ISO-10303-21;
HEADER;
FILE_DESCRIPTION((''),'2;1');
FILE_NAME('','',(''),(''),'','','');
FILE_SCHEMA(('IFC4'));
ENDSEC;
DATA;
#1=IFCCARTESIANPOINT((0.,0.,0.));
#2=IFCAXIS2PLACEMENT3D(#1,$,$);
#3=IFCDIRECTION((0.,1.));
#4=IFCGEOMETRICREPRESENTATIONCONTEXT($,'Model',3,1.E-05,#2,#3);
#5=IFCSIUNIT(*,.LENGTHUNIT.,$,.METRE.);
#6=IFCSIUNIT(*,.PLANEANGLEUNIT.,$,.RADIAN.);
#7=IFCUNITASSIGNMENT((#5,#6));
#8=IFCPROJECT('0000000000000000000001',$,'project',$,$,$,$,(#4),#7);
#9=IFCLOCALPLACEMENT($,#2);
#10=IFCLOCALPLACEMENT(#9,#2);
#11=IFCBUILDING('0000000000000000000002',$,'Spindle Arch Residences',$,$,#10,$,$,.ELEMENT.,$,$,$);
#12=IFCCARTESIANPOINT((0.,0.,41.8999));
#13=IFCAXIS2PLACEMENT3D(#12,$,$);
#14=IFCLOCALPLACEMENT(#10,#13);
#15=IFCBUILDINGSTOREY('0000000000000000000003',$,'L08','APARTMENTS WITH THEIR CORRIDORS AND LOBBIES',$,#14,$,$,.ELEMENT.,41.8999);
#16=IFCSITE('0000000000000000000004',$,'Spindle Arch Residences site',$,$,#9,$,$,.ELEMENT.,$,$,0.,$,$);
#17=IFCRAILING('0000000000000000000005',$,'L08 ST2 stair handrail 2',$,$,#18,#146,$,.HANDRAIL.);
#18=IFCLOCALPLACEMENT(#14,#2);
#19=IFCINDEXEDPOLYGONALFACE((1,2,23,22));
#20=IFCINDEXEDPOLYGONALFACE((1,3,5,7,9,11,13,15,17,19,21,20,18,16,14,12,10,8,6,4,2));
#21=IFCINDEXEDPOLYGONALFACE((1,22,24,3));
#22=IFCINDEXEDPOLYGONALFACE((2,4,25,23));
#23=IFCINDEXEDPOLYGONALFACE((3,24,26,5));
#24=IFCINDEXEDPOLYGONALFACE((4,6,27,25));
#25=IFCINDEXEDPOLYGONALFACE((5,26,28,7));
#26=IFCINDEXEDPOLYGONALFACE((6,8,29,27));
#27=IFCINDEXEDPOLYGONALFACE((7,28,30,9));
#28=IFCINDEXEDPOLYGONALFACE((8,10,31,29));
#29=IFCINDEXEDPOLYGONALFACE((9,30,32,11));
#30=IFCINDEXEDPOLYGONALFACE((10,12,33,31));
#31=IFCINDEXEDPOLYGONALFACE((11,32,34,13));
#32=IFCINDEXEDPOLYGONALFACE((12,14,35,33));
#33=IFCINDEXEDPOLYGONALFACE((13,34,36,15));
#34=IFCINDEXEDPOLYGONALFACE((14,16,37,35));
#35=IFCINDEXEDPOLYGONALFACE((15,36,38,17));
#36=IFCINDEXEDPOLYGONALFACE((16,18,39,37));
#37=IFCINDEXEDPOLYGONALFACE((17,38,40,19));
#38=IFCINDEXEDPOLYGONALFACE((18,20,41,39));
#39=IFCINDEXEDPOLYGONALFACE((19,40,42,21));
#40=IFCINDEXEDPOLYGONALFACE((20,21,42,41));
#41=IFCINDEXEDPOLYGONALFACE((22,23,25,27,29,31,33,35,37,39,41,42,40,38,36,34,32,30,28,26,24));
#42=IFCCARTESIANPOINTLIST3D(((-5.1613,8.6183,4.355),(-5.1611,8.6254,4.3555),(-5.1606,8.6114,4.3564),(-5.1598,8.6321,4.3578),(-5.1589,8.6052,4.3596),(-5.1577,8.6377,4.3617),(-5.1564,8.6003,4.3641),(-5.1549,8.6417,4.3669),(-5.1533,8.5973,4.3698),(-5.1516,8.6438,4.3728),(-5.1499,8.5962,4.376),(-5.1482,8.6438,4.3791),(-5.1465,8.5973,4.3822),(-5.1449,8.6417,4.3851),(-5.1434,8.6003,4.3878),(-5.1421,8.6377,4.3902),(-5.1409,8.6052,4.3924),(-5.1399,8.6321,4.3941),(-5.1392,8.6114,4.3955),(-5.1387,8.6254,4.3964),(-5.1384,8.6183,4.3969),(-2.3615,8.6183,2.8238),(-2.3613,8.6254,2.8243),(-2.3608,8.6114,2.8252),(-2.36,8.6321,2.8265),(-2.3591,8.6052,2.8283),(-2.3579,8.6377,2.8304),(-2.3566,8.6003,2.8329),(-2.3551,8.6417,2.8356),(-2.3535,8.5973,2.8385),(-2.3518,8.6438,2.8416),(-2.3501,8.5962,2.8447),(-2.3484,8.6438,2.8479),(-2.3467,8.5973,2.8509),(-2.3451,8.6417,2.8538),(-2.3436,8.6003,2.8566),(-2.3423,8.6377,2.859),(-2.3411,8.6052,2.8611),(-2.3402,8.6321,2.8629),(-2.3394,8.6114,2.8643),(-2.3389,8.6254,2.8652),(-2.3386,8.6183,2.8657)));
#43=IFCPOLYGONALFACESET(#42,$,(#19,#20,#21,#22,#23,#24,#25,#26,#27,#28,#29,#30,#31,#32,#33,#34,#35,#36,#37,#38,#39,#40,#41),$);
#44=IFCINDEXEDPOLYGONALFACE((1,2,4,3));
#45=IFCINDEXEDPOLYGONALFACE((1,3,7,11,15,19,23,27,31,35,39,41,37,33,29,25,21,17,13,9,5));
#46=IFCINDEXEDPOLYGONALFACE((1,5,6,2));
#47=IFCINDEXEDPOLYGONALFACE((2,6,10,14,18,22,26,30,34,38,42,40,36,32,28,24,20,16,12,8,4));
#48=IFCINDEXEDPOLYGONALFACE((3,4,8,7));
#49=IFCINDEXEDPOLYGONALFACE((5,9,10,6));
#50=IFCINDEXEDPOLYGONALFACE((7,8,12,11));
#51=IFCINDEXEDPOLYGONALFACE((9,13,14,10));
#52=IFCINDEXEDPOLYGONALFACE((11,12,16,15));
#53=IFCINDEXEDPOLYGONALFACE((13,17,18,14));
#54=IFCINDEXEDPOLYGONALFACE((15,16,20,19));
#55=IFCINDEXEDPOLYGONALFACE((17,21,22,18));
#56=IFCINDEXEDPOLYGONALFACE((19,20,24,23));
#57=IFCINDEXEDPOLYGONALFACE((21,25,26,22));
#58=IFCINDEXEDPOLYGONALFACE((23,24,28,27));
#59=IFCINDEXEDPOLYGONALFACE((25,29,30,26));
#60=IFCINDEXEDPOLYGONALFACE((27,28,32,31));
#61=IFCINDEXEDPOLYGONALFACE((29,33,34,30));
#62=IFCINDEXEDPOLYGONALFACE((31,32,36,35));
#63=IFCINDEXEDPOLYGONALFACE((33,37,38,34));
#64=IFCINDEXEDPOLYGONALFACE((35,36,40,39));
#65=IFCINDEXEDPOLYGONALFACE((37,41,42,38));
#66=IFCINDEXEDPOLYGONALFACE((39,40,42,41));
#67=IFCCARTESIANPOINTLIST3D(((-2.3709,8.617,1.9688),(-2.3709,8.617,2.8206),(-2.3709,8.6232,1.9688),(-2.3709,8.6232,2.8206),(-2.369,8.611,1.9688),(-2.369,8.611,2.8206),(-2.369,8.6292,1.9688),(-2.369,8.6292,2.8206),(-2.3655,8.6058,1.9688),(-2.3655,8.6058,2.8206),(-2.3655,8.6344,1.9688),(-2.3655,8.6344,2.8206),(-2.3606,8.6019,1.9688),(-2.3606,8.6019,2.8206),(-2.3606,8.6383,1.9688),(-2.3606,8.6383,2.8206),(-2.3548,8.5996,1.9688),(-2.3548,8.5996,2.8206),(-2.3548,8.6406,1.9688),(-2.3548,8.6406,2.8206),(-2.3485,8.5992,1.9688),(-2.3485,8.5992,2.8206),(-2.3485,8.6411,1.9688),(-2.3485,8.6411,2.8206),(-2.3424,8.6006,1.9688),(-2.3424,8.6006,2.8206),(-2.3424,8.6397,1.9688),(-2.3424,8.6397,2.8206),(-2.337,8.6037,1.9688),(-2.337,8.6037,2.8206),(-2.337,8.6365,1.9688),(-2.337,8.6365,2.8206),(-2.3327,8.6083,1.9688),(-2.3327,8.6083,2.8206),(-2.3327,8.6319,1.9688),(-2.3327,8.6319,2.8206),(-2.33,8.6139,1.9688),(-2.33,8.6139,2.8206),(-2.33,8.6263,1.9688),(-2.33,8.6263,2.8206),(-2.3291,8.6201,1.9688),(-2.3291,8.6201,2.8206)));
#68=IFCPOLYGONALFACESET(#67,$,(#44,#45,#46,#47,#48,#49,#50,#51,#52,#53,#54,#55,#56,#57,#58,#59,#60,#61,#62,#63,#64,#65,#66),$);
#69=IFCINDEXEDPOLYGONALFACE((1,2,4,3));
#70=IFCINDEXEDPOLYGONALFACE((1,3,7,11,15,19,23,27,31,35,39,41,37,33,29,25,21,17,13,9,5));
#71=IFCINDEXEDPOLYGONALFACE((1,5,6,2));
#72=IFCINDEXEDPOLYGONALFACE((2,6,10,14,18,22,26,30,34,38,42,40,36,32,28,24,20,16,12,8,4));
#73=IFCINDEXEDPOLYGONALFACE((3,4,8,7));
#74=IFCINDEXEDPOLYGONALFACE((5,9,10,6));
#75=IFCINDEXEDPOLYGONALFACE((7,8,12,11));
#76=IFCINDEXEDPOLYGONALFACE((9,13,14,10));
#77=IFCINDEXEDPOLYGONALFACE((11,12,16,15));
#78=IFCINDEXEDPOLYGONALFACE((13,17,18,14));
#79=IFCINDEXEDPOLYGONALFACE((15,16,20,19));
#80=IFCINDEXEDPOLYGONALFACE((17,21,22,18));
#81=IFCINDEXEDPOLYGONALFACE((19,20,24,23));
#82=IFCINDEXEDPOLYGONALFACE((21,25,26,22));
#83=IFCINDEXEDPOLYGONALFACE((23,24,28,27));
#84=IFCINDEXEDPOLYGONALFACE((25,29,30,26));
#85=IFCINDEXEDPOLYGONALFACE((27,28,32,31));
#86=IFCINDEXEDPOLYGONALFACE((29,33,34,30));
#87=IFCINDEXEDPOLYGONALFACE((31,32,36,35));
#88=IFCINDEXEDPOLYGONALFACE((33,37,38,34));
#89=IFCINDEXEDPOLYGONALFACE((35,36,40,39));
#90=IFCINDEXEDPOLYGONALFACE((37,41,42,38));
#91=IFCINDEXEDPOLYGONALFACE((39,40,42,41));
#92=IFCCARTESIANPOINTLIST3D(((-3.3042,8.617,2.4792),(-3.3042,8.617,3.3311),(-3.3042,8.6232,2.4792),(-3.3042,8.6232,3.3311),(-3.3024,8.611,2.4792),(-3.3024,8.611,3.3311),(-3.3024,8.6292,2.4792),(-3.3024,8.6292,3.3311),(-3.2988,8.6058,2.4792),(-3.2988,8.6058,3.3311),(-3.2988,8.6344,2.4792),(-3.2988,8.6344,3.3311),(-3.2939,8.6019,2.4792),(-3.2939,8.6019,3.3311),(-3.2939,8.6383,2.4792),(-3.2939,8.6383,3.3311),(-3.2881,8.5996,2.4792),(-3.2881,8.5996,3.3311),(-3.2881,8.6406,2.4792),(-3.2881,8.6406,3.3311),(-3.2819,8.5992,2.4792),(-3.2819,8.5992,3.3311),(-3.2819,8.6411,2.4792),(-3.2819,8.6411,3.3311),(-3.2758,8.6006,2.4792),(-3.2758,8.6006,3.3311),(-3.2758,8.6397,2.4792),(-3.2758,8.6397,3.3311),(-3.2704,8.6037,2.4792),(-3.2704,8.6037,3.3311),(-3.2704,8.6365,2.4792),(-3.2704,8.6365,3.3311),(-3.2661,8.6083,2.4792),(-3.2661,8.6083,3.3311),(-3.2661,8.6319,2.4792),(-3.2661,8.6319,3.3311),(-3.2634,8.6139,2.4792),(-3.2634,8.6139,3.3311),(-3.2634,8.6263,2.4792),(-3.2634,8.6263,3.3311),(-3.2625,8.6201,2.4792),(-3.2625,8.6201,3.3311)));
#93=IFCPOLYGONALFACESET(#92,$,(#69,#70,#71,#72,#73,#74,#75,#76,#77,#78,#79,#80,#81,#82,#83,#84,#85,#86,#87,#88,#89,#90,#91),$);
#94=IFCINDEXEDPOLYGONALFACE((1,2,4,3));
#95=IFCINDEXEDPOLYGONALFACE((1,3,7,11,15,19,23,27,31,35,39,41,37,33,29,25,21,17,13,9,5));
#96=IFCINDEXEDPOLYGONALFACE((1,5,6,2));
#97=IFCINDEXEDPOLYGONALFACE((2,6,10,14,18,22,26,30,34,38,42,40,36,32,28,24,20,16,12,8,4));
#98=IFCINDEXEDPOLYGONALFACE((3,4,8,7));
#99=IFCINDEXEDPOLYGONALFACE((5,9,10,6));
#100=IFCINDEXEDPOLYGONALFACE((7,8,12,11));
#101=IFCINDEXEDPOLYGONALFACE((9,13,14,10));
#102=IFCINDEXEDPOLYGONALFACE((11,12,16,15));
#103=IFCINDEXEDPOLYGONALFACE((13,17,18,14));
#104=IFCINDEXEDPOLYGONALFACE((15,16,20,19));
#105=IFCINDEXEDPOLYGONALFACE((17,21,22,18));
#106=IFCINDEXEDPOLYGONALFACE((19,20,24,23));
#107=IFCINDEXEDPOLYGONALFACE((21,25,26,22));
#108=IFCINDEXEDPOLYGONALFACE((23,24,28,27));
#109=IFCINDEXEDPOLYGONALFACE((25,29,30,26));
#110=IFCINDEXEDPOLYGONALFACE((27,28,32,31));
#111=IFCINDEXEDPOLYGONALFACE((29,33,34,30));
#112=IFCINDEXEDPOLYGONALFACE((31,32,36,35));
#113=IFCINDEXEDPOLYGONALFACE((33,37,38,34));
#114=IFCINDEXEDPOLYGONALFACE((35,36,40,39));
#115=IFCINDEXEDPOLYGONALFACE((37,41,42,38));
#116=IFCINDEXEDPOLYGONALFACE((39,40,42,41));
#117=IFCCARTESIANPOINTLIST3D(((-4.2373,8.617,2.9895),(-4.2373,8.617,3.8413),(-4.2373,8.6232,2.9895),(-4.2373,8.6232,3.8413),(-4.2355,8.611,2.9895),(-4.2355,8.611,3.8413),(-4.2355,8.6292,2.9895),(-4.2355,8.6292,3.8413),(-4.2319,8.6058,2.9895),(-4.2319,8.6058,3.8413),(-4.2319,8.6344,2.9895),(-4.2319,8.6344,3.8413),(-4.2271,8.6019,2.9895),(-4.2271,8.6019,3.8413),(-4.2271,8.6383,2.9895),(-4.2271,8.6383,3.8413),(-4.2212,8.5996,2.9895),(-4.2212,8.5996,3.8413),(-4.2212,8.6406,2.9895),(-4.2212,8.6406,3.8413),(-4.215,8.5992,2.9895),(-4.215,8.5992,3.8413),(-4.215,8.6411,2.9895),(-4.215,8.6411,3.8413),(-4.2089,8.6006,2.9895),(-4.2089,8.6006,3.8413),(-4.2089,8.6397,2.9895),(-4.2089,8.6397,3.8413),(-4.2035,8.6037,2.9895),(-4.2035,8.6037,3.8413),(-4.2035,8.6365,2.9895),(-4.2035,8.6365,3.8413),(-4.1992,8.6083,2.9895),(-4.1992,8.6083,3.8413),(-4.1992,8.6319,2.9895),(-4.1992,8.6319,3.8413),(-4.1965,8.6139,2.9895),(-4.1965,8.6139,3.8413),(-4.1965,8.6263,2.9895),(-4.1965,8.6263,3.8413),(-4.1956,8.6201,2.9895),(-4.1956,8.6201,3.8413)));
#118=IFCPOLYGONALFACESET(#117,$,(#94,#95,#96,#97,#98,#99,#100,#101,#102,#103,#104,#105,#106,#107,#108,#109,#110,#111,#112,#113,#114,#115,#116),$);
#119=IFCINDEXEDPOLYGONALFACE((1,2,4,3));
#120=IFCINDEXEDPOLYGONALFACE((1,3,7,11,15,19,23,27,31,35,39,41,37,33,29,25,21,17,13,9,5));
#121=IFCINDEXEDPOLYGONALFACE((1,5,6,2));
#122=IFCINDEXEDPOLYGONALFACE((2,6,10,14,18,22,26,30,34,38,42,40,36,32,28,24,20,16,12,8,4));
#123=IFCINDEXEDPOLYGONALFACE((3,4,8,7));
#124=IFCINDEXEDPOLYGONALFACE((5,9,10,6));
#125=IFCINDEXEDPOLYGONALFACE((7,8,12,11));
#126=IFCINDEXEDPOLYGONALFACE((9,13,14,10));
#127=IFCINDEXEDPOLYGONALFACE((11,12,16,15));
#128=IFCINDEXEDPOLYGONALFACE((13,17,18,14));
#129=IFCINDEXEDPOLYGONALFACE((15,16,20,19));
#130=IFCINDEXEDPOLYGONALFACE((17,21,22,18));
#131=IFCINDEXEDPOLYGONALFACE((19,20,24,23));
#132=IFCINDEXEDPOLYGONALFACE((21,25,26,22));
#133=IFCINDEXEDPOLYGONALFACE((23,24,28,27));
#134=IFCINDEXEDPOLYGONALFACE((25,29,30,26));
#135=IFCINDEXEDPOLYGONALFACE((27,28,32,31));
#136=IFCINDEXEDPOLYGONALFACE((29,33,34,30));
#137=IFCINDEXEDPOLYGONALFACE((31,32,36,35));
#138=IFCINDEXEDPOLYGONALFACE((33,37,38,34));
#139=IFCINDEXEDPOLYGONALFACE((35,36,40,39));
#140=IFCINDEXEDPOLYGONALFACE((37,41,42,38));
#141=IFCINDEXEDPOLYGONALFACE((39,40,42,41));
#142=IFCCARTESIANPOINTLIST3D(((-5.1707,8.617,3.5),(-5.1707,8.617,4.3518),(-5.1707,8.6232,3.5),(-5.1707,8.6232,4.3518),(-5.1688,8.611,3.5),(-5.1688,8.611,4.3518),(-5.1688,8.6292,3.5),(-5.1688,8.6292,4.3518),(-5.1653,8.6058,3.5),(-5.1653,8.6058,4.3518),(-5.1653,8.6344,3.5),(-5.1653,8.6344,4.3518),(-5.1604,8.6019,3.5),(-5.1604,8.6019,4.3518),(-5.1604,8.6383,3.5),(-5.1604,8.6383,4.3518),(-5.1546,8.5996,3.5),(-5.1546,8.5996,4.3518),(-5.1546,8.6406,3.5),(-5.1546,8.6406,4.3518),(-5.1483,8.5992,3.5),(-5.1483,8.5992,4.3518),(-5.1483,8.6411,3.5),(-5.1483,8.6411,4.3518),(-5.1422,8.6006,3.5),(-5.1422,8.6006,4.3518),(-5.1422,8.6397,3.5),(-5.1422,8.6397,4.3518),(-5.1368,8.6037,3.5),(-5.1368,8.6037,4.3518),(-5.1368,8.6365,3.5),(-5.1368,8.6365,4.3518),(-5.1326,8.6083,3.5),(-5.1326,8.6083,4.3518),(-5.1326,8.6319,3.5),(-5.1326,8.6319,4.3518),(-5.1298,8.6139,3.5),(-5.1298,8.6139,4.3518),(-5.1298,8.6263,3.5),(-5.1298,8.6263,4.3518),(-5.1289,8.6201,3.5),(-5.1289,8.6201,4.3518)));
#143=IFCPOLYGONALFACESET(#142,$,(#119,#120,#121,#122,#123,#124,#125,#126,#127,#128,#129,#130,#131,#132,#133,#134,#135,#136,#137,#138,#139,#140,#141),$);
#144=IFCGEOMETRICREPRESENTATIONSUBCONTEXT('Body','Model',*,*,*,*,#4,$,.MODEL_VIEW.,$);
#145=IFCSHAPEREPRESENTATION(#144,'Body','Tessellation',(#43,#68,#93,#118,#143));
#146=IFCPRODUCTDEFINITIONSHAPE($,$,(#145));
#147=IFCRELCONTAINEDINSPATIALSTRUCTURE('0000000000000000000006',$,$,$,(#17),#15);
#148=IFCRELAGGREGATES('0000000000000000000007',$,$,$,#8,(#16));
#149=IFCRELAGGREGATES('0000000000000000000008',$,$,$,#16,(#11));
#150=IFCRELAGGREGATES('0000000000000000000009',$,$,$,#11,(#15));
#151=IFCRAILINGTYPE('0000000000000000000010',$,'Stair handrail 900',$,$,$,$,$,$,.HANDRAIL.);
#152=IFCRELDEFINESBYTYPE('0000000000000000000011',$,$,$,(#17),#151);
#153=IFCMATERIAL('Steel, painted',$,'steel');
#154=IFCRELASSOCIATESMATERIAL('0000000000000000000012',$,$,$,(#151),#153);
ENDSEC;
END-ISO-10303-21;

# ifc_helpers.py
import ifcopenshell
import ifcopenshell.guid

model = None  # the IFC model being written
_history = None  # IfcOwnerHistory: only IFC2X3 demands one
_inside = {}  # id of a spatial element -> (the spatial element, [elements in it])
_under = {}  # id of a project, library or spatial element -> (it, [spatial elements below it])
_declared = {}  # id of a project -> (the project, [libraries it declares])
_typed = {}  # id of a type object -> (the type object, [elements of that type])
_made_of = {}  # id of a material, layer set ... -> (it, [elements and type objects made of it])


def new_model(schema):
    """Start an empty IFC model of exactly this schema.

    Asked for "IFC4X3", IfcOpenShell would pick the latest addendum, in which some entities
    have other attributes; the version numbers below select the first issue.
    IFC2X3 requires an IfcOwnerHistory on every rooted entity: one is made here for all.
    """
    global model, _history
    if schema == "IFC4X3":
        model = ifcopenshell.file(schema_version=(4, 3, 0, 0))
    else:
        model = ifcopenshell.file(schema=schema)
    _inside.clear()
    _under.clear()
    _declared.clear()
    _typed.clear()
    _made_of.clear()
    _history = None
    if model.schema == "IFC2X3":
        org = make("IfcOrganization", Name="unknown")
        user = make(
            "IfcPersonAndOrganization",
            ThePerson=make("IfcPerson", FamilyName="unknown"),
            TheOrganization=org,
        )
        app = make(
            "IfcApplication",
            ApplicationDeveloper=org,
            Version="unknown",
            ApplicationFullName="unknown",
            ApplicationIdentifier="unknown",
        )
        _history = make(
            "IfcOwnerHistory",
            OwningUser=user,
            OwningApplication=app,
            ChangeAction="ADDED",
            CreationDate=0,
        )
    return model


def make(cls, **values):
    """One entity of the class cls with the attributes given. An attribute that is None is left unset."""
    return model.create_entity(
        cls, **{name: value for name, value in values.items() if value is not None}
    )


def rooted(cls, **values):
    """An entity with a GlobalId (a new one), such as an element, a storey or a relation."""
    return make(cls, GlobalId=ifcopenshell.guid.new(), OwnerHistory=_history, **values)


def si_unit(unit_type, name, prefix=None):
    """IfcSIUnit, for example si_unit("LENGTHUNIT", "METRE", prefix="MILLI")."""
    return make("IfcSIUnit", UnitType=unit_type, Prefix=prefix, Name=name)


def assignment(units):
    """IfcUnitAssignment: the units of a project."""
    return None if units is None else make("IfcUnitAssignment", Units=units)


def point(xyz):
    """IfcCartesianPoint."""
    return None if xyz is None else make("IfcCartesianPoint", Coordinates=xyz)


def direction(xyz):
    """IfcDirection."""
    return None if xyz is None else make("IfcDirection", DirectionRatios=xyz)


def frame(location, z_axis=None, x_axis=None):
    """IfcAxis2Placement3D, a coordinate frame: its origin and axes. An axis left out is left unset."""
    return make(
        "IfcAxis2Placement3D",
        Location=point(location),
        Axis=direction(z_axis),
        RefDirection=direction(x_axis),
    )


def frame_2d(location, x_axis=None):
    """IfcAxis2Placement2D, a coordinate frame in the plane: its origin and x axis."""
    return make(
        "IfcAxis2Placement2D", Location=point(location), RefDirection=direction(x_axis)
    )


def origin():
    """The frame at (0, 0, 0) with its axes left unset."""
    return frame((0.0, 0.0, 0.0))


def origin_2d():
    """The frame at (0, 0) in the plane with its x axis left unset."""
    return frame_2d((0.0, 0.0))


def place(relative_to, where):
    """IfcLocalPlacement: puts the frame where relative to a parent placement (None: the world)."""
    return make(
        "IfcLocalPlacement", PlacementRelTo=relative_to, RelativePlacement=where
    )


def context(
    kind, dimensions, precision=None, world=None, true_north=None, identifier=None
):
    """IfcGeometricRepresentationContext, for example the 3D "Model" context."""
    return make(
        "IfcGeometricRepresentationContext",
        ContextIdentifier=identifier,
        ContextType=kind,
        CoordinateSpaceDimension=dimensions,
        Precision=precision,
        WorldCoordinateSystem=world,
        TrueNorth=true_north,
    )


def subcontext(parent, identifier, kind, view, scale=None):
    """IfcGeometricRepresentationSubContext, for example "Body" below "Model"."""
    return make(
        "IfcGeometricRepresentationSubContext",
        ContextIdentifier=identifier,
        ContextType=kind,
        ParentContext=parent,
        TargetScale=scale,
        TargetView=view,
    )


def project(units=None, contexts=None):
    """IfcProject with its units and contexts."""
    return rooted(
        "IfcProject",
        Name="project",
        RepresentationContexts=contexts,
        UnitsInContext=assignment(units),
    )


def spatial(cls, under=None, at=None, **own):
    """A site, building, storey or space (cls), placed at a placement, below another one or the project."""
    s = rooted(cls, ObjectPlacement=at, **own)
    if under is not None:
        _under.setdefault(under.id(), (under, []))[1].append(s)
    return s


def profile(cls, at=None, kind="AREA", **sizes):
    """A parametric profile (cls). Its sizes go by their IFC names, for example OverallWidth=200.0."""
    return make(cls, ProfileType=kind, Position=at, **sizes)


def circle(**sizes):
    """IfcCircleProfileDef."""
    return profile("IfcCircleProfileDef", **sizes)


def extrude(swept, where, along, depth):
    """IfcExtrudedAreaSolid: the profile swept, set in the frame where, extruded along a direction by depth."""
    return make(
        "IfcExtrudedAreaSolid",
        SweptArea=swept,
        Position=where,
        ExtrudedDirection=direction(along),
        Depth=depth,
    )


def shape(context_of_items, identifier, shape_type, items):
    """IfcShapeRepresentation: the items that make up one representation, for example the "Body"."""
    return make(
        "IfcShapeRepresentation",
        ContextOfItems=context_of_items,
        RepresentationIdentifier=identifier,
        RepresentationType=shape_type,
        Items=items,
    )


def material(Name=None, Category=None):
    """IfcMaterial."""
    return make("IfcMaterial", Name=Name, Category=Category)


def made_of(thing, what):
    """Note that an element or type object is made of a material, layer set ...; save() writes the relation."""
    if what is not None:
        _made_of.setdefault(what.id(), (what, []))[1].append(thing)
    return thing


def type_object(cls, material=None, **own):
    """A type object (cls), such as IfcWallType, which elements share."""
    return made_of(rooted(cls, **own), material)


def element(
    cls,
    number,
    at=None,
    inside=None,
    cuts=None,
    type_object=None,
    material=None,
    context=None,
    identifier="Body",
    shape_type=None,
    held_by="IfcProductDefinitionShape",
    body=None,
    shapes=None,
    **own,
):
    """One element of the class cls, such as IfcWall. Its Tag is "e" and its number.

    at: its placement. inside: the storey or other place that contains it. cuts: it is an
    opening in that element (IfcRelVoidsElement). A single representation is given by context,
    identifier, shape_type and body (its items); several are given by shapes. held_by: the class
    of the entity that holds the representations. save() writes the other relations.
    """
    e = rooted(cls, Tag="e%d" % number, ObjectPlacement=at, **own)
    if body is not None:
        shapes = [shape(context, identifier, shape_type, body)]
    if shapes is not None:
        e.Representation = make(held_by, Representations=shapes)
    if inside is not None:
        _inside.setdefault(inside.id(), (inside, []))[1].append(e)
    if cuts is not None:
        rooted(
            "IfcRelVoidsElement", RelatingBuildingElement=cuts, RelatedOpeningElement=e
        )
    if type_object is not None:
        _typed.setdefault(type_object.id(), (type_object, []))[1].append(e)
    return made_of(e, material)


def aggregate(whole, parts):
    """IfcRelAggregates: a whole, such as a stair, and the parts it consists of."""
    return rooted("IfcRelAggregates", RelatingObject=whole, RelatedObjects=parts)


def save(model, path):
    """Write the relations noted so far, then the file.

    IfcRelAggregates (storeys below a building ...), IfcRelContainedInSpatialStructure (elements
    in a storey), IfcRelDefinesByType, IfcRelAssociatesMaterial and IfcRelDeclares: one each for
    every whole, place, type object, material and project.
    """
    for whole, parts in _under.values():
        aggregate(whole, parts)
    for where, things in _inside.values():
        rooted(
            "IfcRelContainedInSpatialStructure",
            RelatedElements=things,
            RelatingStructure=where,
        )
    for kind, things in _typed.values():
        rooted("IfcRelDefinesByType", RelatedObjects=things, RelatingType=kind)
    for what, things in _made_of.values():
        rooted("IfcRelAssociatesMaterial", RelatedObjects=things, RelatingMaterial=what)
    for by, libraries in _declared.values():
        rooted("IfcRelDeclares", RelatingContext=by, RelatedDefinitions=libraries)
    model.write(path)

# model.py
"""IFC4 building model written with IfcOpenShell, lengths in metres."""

from ifc_helpers import new_model, si_unit, direction, frame, origin, origin_2d, place, context, subcontext, project, spatial, circle, extrude, material, type_object, element, save


model = new_model("IFC4")

# Units and contexts
model_context = context("Model", 3, precision=1e-05, world=origin(), true_north=direction((0.0, 1.0)))
body_context = subcontext(model_context, "Body", "Model", "MODEL_VIEW")
ifc_project = project(units=[si_unit("LENGTHUNIT", "METRE"), si_unit("PLANEANGLEUNIT", "RADIAN")], contexts=[model_context])

# Site, building, storey
site_placement = place(None, origin())
site = spatial("IfcSite", under=ifc_project, at=site_placement, Name="Spindle Arch Residences site", CompositionType="ELEMENT", RefElevation=0.0)
building_placement = place(site_placement, origin())
building = spatial("IfcBuilding", under=site, at=building_placement, Name="Spindle Arch Residences", CompositionType="ELEMENT")
storey_placement = place(building_placement, frame((0.0, 0.0, 41.8999)))
storey = spatial("IfcBuildingStorey", under=building, at=storey_placement, Name="L08", Description="APARTMENTS WITH THEIR CORRIDORS AND LOBBIES", CompositionType="ELEMENT", Elevation=41.8999)

# Railing
ifc_material_1 = material(Name="Steel, painted", Category="steel")
railing_type_1 = type_object("IfcRailingType", Name="Stair handrail 900", PredefinedType="HANDRAIL", material=ifc_material_1)
railing_1_placement = place(storey_placement, frame((-2.3501, 8.6201, 1.9688)))
element("IfcRailing", 1, at=railing_1_placement, inside=storey, type_object=railing_type_1, Name="L08 ST2 stair handrail 2", PredefinedType="HANDRAIL", context=body_context, shape_type="SweptSolid", body=[
    extrude(circle(Radius=0.0239, at=origin_2d()), frame((0.0, 0.0, 0.876), z_axis=(-0.877357, 0.0, 0.479838), x_axis=(0.0, -1.0, 0.0)), (0.0, 0.0, 1.0), 3.1912),
    extrude(circle(Radius=0.021, at=origin_2d()), origin(), (0.0, 0.0, 1.0), 0.8518),
    extrude(circle(Radius=0.021, at=origin_2d()), frame((-0.9333, 0.0, 0.5105)), (0.0, 0.0, 1.0), 0.8518),
    extrude(circle(Radius=0.021, at=origin_2d()), frame((-1.8665, 0.0, 1.0208)), (0.0, 0.0, 1.0), 0.8518),
    extrude(circle(Radius=0.021, at=origin_2d()), frame((-2.7998, 0.0, 1.5312)), (0.0, 0.0, 1.0), 0.8518),
])

save(model, "model.ifc")
